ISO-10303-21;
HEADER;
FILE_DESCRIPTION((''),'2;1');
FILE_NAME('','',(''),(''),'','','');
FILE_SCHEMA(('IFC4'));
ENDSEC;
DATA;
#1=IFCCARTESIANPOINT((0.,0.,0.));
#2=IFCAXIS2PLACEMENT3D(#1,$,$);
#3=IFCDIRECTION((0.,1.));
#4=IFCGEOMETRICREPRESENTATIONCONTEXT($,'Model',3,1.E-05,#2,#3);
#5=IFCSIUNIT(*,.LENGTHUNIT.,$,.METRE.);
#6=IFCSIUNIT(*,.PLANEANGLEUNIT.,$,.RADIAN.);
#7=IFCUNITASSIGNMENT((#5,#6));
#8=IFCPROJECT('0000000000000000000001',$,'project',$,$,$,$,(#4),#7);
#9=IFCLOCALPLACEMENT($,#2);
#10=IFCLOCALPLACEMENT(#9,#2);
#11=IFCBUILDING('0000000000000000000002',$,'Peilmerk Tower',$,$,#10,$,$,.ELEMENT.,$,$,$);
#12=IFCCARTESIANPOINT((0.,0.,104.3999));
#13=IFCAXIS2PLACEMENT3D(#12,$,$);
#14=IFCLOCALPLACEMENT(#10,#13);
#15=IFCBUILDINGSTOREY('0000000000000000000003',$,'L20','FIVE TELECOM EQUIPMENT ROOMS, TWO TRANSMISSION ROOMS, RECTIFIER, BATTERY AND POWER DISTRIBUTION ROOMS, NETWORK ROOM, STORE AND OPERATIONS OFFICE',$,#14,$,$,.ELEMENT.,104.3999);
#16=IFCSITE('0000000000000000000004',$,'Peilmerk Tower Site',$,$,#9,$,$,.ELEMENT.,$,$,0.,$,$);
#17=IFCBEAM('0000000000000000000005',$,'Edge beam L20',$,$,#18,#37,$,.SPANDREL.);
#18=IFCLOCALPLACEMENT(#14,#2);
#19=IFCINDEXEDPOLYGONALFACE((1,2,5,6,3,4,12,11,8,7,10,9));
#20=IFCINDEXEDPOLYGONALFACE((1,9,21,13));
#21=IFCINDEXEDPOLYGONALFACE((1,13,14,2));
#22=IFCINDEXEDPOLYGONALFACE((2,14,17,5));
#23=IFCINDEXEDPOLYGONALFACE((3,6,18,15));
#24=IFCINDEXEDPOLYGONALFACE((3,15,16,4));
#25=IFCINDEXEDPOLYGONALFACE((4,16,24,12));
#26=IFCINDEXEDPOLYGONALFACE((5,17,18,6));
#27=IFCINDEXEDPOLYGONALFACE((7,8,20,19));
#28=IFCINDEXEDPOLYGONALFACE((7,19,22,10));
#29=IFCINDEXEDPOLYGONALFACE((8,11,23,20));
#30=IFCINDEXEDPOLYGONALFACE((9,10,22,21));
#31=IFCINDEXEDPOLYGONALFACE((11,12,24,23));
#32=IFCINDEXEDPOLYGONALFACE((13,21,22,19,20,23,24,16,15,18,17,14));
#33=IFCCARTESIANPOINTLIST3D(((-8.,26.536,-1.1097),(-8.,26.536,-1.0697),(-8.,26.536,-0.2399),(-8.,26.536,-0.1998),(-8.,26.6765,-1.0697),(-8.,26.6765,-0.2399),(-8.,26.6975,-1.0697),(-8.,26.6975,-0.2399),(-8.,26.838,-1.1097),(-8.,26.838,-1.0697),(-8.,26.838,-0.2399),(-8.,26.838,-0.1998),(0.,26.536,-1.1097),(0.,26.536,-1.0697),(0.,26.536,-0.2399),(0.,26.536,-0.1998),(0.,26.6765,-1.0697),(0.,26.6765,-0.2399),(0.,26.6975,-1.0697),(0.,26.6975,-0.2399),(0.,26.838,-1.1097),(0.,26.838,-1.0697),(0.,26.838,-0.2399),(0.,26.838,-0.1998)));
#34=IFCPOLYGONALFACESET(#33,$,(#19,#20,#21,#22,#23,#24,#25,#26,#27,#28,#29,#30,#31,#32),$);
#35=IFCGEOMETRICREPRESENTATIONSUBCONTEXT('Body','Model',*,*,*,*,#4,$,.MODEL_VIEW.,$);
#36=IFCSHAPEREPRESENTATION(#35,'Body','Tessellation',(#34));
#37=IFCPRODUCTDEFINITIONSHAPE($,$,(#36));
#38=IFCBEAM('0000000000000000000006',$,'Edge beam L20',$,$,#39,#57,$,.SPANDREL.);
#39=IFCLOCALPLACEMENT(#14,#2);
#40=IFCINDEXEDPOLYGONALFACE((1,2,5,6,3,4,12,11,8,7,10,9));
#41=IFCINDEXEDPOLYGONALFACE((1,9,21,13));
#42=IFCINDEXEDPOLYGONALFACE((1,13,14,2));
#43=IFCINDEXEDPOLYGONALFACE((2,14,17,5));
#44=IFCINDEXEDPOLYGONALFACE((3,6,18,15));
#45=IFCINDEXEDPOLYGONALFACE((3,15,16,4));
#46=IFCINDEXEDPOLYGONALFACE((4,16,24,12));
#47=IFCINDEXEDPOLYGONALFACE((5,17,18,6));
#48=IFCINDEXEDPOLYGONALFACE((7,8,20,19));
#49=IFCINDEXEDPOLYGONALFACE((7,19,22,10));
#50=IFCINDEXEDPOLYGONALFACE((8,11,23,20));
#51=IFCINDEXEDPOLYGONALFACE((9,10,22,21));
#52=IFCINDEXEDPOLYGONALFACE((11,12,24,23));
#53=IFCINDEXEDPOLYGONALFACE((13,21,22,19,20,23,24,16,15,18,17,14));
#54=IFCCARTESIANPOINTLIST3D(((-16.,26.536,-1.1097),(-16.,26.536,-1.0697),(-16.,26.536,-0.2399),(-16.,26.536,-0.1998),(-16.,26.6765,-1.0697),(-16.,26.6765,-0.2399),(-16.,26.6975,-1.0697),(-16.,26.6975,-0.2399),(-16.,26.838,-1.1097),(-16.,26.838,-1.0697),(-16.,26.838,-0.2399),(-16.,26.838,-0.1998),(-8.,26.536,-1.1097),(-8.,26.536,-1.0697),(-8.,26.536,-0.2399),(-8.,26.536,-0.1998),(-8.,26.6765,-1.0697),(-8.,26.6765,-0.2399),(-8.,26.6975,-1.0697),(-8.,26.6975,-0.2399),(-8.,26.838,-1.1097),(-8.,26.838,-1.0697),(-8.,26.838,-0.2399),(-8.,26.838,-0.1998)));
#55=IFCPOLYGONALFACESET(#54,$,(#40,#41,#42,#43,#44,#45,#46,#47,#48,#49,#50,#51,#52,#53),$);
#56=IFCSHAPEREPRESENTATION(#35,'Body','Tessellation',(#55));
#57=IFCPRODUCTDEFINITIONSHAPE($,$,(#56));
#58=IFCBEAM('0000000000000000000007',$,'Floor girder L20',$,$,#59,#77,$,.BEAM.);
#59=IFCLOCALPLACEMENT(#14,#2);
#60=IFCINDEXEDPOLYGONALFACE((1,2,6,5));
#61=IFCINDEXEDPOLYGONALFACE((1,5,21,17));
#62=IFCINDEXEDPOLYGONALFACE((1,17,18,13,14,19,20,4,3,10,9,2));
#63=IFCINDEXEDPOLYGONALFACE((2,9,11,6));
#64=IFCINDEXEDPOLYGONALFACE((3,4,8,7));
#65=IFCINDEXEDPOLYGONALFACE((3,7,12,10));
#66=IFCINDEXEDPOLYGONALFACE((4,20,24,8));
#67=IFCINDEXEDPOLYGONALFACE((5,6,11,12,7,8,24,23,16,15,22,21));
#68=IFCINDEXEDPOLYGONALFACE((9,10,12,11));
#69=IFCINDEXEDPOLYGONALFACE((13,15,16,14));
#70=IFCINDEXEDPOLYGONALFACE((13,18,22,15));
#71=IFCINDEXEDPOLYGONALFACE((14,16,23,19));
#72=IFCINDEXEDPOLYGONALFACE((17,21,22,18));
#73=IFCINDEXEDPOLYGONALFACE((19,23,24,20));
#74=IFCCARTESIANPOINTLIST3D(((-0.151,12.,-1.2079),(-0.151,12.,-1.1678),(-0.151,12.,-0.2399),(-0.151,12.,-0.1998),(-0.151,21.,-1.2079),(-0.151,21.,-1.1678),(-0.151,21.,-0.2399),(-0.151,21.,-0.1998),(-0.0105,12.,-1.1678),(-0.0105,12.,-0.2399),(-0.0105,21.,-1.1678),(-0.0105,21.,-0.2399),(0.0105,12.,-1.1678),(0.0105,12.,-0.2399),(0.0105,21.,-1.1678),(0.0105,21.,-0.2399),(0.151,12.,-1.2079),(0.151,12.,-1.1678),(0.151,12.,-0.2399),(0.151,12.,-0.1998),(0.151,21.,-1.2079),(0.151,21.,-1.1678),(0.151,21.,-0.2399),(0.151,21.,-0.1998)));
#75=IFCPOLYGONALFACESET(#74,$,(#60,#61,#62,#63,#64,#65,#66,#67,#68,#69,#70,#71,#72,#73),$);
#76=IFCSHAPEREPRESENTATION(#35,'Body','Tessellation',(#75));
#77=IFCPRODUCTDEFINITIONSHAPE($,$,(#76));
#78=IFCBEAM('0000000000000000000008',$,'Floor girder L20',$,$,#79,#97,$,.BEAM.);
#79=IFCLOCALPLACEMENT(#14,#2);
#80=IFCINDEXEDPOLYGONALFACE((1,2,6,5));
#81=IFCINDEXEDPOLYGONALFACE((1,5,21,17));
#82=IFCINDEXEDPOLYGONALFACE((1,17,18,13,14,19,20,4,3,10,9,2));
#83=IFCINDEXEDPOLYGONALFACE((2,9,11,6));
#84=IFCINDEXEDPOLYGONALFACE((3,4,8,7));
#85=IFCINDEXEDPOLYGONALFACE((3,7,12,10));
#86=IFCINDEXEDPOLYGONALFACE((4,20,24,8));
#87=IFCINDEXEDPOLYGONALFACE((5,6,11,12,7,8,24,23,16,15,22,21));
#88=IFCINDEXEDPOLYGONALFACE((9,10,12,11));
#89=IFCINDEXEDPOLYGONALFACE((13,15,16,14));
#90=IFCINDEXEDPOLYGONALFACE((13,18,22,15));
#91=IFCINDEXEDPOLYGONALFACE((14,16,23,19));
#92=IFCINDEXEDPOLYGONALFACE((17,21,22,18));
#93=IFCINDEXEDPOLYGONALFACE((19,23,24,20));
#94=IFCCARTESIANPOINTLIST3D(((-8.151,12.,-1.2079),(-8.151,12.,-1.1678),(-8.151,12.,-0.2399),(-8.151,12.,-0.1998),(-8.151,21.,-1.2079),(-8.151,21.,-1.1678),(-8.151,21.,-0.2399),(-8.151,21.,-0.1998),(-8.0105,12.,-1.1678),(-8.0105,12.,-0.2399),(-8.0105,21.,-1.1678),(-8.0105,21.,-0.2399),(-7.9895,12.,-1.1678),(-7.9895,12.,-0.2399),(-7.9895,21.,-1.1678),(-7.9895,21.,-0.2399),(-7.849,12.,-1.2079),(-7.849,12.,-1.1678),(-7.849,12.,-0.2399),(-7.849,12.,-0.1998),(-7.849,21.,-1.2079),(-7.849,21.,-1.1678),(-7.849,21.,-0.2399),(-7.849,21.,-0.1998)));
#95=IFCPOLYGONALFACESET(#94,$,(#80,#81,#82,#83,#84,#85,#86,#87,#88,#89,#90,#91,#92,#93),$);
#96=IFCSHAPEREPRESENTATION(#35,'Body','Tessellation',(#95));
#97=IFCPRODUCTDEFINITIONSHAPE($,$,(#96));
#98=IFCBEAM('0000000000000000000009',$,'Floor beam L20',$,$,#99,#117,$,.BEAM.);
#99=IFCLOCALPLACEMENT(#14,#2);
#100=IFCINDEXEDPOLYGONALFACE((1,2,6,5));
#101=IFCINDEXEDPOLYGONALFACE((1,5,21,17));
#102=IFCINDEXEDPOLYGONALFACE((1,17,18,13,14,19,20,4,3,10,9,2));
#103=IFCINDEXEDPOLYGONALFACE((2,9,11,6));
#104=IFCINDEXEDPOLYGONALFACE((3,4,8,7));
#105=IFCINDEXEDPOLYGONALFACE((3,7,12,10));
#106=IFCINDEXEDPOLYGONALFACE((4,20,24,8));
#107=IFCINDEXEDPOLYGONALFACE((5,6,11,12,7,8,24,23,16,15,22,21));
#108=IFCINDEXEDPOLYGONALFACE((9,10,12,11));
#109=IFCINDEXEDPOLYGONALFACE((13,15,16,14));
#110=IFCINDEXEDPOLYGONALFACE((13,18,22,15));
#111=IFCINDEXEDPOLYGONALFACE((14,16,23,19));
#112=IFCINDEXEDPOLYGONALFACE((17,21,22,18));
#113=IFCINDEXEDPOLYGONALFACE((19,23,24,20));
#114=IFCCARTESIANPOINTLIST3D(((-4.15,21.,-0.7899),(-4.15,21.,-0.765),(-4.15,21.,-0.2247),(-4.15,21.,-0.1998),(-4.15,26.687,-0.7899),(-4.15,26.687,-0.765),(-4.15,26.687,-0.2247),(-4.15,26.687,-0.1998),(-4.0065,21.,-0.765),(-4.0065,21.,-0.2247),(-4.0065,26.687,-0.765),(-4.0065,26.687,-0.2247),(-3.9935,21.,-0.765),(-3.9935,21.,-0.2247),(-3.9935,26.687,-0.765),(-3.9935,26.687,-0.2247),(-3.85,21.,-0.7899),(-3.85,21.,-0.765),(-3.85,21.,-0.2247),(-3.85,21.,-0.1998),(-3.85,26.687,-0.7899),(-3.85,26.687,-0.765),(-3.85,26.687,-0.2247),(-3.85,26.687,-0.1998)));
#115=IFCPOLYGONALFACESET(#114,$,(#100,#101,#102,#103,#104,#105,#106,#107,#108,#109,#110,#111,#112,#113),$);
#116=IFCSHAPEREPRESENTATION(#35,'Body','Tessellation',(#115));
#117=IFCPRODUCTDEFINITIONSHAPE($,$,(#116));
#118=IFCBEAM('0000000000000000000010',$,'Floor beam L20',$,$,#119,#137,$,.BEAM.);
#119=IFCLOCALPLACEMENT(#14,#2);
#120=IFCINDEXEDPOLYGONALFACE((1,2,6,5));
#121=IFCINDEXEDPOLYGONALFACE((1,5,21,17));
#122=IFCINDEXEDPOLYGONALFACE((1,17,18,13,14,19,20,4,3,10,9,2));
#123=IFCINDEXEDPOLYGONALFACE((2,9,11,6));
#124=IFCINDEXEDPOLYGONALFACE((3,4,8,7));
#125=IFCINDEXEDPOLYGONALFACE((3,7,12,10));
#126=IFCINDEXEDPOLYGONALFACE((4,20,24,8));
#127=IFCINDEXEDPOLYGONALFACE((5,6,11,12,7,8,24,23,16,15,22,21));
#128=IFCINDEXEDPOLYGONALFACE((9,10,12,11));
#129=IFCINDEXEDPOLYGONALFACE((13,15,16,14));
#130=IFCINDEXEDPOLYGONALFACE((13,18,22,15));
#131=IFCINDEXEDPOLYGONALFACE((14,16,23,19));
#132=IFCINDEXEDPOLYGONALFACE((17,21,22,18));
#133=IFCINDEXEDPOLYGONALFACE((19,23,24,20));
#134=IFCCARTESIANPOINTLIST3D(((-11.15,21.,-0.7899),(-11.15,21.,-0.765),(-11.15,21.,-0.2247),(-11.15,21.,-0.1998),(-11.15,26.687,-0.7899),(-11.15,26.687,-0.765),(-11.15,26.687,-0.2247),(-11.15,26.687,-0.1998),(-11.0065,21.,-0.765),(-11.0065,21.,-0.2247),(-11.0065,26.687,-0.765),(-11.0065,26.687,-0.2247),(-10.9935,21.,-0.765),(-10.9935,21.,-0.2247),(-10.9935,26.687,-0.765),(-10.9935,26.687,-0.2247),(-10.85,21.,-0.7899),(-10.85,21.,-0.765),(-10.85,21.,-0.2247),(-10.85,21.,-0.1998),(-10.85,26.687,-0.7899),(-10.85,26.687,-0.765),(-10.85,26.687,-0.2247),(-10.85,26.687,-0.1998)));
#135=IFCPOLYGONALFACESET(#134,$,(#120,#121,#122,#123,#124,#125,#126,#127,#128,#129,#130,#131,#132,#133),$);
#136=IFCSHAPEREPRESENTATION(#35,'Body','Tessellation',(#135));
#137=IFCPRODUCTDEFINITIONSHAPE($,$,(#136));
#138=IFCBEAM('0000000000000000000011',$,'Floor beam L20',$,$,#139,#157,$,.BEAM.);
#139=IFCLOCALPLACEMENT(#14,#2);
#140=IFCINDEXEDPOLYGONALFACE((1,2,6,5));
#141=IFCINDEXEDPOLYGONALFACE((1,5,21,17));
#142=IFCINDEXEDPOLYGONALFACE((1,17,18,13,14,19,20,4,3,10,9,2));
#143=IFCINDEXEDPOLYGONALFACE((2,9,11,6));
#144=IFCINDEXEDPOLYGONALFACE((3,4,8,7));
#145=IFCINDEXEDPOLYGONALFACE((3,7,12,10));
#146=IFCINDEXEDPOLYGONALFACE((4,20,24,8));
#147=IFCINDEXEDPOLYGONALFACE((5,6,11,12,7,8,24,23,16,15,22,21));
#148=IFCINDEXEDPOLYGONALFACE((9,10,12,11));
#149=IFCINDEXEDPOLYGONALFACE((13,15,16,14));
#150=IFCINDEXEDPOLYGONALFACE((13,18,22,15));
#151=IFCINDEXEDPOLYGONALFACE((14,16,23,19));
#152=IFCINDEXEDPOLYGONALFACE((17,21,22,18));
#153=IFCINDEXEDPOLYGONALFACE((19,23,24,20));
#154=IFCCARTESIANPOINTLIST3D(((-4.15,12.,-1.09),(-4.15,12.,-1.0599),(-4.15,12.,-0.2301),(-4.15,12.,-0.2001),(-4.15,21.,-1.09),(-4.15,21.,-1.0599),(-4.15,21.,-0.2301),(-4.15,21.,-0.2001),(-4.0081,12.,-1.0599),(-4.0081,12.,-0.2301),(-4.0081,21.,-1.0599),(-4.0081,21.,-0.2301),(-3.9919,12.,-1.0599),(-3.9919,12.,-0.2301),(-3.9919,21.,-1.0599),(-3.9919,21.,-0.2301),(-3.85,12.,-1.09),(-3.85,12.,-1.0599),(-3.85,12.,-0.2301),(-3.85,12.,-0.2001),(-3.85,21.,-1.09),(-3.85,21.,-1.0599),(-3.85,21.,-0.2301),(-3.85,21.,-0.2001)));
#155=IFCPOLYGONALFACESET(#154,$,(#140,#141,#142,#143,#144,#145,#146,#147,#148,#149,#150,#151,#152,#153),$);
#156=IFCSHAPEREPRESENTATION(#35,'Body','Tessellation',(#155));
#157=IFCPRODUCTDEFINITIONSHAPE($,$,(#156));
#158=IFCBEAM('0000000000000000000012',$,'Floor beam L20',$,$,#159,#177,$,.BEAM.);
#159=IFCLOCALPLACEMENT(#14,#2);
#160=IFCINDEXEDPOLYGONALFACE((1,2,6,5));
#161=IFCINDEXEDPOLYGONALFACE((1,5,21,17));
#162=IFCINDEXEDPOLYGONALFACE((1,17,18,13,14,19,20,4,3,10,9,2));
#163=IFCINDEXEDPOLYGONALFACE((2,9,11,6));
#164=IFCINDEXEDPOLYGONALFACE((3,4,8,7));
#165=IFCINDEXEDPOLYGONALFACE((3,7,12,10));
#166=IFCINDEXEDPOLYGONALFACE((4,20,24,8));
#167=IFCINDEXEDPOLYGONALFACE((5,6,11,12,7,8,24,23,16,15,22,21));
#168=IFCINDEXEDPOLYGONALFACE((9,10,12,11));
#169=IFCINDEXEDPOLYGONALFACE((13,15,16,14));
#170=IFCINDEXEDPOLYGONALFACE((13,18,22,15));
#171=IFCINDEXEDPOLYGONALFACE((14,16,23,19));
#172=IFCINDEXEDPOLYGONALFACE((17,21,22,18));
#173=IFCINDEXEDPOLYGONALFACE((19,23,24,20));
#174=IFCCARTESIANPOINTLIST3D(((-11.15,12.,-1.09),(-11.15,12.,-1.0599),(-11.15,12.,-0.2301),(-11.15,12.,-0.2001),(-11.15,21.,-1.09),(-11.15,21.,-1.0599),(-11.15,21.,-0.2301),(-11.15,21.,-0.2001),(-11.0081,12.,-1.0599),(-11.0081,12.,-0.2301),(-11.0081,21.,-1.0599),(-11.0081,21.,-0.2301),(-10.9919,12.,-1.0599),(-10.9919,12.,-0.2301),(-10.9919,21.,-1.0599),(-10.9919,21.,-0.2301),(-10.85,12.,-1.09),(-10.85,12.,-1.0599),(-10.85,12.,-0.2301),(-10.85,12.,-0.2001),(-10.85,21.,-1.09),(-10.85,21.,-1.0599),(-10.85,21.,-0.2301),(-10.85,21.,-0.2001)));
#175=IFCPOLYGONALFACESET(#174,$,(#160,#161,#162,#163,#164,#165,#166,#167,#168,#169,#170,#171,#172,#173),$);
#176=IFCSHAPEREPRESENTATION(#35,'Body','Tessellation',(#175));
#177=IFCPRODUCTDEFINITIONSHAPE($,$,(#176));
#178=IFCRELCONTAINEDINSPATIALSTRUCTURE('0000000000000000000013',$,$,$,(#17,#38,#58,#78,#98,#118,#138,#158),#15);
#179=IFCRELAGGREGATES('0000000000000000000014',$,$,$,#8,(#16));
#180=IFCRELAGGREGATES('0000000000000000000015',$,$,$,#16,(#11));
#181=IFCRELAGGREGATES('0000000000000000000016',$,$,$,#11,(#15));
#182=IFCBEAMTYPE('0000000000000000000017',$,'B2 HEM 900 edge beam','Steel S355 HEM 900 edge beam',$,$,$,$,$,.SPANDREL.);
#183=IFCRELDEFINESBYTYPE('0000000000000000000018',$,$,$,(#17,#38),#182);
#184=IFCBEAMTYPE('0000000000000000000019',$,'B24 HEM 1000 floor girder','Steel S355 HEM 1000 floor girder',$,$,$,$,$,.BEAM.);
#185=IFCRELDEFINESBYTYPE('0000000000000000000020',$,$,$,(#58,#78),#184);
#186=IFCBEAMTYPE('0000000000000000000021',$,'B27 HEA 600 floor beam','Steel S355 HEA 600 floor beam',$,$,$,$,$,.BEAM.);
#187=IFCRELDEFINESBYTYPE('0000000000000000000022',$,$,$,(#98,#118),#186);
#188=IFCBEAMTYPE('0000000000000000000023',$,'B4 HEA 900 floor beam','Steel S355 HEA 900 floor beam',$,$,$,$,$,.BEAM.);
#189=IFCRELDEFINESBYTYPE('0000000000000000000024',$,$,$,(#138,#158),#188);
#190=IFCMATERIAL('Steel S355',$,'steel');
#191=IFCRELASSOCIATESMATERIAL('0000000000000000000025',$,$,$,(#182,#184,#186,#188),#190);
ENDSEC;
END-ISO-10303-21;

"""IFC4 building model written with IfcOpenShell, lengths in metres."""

from ifc_helpers import new_model, si_unit, direction, frame, origin, origin_2d, place, context, subcontext, project, spatial, i_section, extrude, material, material_profile, profile_set, type_object, element, save


model = new_model("IFC4")

# Units and contexts
model_context = context("Model", 3, precision=1e-05, world=origin(), true_north=direction((0.0, 1.0)))
body_context = subcontext(model_context, "Body", "Model", "MODEL_VIEW")
ifc_project = project(units=[si_unit("LENGTHUNIT", "METRE"), si_unit("PLANEANGLEUNIT", "RADIAN")], contexts=[model_context])

# Site, building, storey
site_placement = place(None, origin())
site = spatial("IfcSite", under=ifc_project, at=site_placement, Name="Peilmerk Tower Site", CompositionType="ELEMENT", RefElevation=0.0)
building_placement = place(site_placement, origin())
building = spatial("IfcBuilding", under=site, at=building_placement, Name="Peilmerk Tower", CompositionType="ELEMENT")
storey_placement = place(building_placement, frame((0.0, 0.0, 104.3999)))
storey = spatial("IfcBuildingStorey", under=building, at=storey_placement, Name="L20", Description="FIVE TELECOM EQUIPMENT ROOMS, TWO TRANSMISSION ROOMS, RECTIFIER, BATTERY AND POWER DISTRIBUTION ROOMS, NETWORK ROOM, STORE AND OPERATIONS OFFICE", CompositionType="ELEMENT", Elevation=104.3999)

# Beams
ifc_material_1 = material(Name="Steel S355", Category="steel")
ifc_material_profile_1 = material_profile(ifc_material_1, i_section(OverallWidth=0.302, OverallDepth=0.9099, WebThickness=0.021, FlangeThickness=0.04, at=origin_2d()), Name="HEM 900")
ifc_profile_set_1 = profile_set([ifc_material_profile_1], Name="Steel S355")
beam_type_1 = type_object("IfcBeamType", Name="B2 HEM 900 edge beam", Description="Steel S355 HEM 900 edge beam", PredefinedType="SPANDREL", material=ifc_profile_set_1)
for number, where, z_axis, x_axis, name in (
    (1, (0.0, 26.687, -0.6548), (-1.0, 0.0, 0.0), (0.0, -1.0, 0.0), "Edge beam L20"),
    (2, (-8.0, 26.687, -0.6548), (-1.0, 0.0, 0.0), (0.0, -1.0, 0.0), "Edge beam L20"),
):
    element("IfcBeam", number, at=place(storey_placement, frame(where, z_axis=z_axis, x_axis=x_axis)), inside=storey, type_object=beam_type_1, Name=name, PredefinedType="SPANDREL", context=body_context, shape_type="SweptSolid", body=[
        extrude(i_section(OverallWidth=0.302, OverallDepth=0.9099, WebThickness=0.021, FlangeThickness=0.04, at=origin_2d()), origin(), (0.0, 0.0, 1.0), 8.0),
    ])
ifc_material_profile_2 = material_profile(ifc_material_1, i_section(OverallWidth=0.302, OverallDepth=1.0081, WebThickness=0.021, FlangeThickness=0.04, at=origin_2d()), Name="HEM 1000")
ifc_profile_set_2 = profile_set([ifc_material_profile_2], Name="Steel S355")
beam_type_2 = type_object("IfcBeamType", Name="B24 HEM 1000 floor girder", Description="Steel S355 HEM 1000 floor girder", PredefinedType="BEAM", material=ifc_profile_set_2)
for number, where, z_axis, x_axis, name in (
    (3, (0.0, 12.0, -0.7039), (0.0, 1.0, 0.0), (-1.0, 0.0, 0.0), "Floor girder L20"),
    (4, (-8.0, 12.0, -0.7039), (0.0, 1.0, 0.0), (-1.0, 0.0, 0.0), "Floor girder L20"),
):
    element("IfcBeam", number, at=place(storey_placement, frame(where, z_axis=z_axis, x_axis=x_axis)), inside=storey, type_object=beam_type_2, Name=name, PredefinedType="BEAM", context=body_context, shape_type="SweptSolid", body=[
        extrude(i_section(OverallWidth=0.302, OverallDepth=1.0081, WebThickness=0.021, FlangeThickness=0.04, at=origin_2d()), origin(), (0.0, 0.0, 1.0), 9.0),
    ])
ifc_material_profile_3 = material_profile(ifc_material_1, i_section(OverallWidth=0.3, OverallDepth=0.5901, WebThickness=0.0129, FlangeThickness=0.0249, at=origin_2d()), Name="HEA 600")
ifc_profile_set_3 = profile_set([ifc_material_profile_3], Name="Steel S355")
beam_type_3 = type_object("IfcBeamType", Name="B27 HEA 600 floor beam", Description="Steel S355 HEA 600 floor beam", PredefinedType="BEAM", material=ifc_profile_set_3)
for number, where, z_axis, x_axis, name in (
    (5, (-4.0, 21.0, -0.4949), (0.0, 1.0, 0.0), (-1.0, 0.0, 0.0), "Floor beam L20"),
    (6, (-11.0, 21.0, -0.4949), (0.0, 1.0, 0.0), (-1.0, 0.0, 0.0), "Floor beam L20"),
):
    element("IfcBeam", number, at=place(storey_placement, frame(where, z_axis=z_axis, x_axis=x_axis)), inside=storey, type_object=beam_type_3, Name=name, PredefinedType="BEAM", context=body_context, shape_type="SweptSolid", body=[
        extrude(i_section(OverallWidth=0.3, OverallDepth=0.5901, WebThickness=0.0129, FlangeThickness=0.0249, at=origin_2d()), origin(), (0.0, 0.0, 1.0), 5.687),
    ])
ifc_material_profile_4 = material_profile(ifc_material_1, i_section(OverallWidth=0.3, OverallDepth=0.8899, WebThickness=0.0161, FlangeThickness=0.03, at=origin_2d()), Name="HEA 900")
ifc_profile_set_4 = profile_set([ifc_material_profile_4], Name="Steel S355")
beam_type_4 = type_object("IfcBeamType", Name="B4 HEA 900 floor beam", Description="Steel S355 HEA 900 floor beam", PredefinedType="BEAM", material=ifc_profile_set_4)
for number, where, z_axis, x_axis, name in (
    (7, (-4.0, 12.0, -0.645), (0.0, 1.0, 0.0), (-1.0, 0.0, 0.0), "Floor beam L20"),
    (8, (-11.0, 12.0, -0.645), (0.0, 1.0, 0.0), (-1.0, 0.0, 0.0), "Floor beam L20"),
):
    element("IfcBeam", number, at=place(storey_placement, frame(where, z_axis=z_axis, x_axis=x_axis)), inside=storey, type_object=beam_type_4, Name=name, PredefinedType="BEAM", context=body_context, shape_type="SweptSolid", body=[
        extrude(i_section(OverallWidth=0.3, OverallDepth=0.8899, WebThickness=0.0161, FlangeThickness=0.03, at=origin_2d()), origin(), (0.0, 0.0, 1.0), 9.0),
    ])

save(model, "model.ifc")
